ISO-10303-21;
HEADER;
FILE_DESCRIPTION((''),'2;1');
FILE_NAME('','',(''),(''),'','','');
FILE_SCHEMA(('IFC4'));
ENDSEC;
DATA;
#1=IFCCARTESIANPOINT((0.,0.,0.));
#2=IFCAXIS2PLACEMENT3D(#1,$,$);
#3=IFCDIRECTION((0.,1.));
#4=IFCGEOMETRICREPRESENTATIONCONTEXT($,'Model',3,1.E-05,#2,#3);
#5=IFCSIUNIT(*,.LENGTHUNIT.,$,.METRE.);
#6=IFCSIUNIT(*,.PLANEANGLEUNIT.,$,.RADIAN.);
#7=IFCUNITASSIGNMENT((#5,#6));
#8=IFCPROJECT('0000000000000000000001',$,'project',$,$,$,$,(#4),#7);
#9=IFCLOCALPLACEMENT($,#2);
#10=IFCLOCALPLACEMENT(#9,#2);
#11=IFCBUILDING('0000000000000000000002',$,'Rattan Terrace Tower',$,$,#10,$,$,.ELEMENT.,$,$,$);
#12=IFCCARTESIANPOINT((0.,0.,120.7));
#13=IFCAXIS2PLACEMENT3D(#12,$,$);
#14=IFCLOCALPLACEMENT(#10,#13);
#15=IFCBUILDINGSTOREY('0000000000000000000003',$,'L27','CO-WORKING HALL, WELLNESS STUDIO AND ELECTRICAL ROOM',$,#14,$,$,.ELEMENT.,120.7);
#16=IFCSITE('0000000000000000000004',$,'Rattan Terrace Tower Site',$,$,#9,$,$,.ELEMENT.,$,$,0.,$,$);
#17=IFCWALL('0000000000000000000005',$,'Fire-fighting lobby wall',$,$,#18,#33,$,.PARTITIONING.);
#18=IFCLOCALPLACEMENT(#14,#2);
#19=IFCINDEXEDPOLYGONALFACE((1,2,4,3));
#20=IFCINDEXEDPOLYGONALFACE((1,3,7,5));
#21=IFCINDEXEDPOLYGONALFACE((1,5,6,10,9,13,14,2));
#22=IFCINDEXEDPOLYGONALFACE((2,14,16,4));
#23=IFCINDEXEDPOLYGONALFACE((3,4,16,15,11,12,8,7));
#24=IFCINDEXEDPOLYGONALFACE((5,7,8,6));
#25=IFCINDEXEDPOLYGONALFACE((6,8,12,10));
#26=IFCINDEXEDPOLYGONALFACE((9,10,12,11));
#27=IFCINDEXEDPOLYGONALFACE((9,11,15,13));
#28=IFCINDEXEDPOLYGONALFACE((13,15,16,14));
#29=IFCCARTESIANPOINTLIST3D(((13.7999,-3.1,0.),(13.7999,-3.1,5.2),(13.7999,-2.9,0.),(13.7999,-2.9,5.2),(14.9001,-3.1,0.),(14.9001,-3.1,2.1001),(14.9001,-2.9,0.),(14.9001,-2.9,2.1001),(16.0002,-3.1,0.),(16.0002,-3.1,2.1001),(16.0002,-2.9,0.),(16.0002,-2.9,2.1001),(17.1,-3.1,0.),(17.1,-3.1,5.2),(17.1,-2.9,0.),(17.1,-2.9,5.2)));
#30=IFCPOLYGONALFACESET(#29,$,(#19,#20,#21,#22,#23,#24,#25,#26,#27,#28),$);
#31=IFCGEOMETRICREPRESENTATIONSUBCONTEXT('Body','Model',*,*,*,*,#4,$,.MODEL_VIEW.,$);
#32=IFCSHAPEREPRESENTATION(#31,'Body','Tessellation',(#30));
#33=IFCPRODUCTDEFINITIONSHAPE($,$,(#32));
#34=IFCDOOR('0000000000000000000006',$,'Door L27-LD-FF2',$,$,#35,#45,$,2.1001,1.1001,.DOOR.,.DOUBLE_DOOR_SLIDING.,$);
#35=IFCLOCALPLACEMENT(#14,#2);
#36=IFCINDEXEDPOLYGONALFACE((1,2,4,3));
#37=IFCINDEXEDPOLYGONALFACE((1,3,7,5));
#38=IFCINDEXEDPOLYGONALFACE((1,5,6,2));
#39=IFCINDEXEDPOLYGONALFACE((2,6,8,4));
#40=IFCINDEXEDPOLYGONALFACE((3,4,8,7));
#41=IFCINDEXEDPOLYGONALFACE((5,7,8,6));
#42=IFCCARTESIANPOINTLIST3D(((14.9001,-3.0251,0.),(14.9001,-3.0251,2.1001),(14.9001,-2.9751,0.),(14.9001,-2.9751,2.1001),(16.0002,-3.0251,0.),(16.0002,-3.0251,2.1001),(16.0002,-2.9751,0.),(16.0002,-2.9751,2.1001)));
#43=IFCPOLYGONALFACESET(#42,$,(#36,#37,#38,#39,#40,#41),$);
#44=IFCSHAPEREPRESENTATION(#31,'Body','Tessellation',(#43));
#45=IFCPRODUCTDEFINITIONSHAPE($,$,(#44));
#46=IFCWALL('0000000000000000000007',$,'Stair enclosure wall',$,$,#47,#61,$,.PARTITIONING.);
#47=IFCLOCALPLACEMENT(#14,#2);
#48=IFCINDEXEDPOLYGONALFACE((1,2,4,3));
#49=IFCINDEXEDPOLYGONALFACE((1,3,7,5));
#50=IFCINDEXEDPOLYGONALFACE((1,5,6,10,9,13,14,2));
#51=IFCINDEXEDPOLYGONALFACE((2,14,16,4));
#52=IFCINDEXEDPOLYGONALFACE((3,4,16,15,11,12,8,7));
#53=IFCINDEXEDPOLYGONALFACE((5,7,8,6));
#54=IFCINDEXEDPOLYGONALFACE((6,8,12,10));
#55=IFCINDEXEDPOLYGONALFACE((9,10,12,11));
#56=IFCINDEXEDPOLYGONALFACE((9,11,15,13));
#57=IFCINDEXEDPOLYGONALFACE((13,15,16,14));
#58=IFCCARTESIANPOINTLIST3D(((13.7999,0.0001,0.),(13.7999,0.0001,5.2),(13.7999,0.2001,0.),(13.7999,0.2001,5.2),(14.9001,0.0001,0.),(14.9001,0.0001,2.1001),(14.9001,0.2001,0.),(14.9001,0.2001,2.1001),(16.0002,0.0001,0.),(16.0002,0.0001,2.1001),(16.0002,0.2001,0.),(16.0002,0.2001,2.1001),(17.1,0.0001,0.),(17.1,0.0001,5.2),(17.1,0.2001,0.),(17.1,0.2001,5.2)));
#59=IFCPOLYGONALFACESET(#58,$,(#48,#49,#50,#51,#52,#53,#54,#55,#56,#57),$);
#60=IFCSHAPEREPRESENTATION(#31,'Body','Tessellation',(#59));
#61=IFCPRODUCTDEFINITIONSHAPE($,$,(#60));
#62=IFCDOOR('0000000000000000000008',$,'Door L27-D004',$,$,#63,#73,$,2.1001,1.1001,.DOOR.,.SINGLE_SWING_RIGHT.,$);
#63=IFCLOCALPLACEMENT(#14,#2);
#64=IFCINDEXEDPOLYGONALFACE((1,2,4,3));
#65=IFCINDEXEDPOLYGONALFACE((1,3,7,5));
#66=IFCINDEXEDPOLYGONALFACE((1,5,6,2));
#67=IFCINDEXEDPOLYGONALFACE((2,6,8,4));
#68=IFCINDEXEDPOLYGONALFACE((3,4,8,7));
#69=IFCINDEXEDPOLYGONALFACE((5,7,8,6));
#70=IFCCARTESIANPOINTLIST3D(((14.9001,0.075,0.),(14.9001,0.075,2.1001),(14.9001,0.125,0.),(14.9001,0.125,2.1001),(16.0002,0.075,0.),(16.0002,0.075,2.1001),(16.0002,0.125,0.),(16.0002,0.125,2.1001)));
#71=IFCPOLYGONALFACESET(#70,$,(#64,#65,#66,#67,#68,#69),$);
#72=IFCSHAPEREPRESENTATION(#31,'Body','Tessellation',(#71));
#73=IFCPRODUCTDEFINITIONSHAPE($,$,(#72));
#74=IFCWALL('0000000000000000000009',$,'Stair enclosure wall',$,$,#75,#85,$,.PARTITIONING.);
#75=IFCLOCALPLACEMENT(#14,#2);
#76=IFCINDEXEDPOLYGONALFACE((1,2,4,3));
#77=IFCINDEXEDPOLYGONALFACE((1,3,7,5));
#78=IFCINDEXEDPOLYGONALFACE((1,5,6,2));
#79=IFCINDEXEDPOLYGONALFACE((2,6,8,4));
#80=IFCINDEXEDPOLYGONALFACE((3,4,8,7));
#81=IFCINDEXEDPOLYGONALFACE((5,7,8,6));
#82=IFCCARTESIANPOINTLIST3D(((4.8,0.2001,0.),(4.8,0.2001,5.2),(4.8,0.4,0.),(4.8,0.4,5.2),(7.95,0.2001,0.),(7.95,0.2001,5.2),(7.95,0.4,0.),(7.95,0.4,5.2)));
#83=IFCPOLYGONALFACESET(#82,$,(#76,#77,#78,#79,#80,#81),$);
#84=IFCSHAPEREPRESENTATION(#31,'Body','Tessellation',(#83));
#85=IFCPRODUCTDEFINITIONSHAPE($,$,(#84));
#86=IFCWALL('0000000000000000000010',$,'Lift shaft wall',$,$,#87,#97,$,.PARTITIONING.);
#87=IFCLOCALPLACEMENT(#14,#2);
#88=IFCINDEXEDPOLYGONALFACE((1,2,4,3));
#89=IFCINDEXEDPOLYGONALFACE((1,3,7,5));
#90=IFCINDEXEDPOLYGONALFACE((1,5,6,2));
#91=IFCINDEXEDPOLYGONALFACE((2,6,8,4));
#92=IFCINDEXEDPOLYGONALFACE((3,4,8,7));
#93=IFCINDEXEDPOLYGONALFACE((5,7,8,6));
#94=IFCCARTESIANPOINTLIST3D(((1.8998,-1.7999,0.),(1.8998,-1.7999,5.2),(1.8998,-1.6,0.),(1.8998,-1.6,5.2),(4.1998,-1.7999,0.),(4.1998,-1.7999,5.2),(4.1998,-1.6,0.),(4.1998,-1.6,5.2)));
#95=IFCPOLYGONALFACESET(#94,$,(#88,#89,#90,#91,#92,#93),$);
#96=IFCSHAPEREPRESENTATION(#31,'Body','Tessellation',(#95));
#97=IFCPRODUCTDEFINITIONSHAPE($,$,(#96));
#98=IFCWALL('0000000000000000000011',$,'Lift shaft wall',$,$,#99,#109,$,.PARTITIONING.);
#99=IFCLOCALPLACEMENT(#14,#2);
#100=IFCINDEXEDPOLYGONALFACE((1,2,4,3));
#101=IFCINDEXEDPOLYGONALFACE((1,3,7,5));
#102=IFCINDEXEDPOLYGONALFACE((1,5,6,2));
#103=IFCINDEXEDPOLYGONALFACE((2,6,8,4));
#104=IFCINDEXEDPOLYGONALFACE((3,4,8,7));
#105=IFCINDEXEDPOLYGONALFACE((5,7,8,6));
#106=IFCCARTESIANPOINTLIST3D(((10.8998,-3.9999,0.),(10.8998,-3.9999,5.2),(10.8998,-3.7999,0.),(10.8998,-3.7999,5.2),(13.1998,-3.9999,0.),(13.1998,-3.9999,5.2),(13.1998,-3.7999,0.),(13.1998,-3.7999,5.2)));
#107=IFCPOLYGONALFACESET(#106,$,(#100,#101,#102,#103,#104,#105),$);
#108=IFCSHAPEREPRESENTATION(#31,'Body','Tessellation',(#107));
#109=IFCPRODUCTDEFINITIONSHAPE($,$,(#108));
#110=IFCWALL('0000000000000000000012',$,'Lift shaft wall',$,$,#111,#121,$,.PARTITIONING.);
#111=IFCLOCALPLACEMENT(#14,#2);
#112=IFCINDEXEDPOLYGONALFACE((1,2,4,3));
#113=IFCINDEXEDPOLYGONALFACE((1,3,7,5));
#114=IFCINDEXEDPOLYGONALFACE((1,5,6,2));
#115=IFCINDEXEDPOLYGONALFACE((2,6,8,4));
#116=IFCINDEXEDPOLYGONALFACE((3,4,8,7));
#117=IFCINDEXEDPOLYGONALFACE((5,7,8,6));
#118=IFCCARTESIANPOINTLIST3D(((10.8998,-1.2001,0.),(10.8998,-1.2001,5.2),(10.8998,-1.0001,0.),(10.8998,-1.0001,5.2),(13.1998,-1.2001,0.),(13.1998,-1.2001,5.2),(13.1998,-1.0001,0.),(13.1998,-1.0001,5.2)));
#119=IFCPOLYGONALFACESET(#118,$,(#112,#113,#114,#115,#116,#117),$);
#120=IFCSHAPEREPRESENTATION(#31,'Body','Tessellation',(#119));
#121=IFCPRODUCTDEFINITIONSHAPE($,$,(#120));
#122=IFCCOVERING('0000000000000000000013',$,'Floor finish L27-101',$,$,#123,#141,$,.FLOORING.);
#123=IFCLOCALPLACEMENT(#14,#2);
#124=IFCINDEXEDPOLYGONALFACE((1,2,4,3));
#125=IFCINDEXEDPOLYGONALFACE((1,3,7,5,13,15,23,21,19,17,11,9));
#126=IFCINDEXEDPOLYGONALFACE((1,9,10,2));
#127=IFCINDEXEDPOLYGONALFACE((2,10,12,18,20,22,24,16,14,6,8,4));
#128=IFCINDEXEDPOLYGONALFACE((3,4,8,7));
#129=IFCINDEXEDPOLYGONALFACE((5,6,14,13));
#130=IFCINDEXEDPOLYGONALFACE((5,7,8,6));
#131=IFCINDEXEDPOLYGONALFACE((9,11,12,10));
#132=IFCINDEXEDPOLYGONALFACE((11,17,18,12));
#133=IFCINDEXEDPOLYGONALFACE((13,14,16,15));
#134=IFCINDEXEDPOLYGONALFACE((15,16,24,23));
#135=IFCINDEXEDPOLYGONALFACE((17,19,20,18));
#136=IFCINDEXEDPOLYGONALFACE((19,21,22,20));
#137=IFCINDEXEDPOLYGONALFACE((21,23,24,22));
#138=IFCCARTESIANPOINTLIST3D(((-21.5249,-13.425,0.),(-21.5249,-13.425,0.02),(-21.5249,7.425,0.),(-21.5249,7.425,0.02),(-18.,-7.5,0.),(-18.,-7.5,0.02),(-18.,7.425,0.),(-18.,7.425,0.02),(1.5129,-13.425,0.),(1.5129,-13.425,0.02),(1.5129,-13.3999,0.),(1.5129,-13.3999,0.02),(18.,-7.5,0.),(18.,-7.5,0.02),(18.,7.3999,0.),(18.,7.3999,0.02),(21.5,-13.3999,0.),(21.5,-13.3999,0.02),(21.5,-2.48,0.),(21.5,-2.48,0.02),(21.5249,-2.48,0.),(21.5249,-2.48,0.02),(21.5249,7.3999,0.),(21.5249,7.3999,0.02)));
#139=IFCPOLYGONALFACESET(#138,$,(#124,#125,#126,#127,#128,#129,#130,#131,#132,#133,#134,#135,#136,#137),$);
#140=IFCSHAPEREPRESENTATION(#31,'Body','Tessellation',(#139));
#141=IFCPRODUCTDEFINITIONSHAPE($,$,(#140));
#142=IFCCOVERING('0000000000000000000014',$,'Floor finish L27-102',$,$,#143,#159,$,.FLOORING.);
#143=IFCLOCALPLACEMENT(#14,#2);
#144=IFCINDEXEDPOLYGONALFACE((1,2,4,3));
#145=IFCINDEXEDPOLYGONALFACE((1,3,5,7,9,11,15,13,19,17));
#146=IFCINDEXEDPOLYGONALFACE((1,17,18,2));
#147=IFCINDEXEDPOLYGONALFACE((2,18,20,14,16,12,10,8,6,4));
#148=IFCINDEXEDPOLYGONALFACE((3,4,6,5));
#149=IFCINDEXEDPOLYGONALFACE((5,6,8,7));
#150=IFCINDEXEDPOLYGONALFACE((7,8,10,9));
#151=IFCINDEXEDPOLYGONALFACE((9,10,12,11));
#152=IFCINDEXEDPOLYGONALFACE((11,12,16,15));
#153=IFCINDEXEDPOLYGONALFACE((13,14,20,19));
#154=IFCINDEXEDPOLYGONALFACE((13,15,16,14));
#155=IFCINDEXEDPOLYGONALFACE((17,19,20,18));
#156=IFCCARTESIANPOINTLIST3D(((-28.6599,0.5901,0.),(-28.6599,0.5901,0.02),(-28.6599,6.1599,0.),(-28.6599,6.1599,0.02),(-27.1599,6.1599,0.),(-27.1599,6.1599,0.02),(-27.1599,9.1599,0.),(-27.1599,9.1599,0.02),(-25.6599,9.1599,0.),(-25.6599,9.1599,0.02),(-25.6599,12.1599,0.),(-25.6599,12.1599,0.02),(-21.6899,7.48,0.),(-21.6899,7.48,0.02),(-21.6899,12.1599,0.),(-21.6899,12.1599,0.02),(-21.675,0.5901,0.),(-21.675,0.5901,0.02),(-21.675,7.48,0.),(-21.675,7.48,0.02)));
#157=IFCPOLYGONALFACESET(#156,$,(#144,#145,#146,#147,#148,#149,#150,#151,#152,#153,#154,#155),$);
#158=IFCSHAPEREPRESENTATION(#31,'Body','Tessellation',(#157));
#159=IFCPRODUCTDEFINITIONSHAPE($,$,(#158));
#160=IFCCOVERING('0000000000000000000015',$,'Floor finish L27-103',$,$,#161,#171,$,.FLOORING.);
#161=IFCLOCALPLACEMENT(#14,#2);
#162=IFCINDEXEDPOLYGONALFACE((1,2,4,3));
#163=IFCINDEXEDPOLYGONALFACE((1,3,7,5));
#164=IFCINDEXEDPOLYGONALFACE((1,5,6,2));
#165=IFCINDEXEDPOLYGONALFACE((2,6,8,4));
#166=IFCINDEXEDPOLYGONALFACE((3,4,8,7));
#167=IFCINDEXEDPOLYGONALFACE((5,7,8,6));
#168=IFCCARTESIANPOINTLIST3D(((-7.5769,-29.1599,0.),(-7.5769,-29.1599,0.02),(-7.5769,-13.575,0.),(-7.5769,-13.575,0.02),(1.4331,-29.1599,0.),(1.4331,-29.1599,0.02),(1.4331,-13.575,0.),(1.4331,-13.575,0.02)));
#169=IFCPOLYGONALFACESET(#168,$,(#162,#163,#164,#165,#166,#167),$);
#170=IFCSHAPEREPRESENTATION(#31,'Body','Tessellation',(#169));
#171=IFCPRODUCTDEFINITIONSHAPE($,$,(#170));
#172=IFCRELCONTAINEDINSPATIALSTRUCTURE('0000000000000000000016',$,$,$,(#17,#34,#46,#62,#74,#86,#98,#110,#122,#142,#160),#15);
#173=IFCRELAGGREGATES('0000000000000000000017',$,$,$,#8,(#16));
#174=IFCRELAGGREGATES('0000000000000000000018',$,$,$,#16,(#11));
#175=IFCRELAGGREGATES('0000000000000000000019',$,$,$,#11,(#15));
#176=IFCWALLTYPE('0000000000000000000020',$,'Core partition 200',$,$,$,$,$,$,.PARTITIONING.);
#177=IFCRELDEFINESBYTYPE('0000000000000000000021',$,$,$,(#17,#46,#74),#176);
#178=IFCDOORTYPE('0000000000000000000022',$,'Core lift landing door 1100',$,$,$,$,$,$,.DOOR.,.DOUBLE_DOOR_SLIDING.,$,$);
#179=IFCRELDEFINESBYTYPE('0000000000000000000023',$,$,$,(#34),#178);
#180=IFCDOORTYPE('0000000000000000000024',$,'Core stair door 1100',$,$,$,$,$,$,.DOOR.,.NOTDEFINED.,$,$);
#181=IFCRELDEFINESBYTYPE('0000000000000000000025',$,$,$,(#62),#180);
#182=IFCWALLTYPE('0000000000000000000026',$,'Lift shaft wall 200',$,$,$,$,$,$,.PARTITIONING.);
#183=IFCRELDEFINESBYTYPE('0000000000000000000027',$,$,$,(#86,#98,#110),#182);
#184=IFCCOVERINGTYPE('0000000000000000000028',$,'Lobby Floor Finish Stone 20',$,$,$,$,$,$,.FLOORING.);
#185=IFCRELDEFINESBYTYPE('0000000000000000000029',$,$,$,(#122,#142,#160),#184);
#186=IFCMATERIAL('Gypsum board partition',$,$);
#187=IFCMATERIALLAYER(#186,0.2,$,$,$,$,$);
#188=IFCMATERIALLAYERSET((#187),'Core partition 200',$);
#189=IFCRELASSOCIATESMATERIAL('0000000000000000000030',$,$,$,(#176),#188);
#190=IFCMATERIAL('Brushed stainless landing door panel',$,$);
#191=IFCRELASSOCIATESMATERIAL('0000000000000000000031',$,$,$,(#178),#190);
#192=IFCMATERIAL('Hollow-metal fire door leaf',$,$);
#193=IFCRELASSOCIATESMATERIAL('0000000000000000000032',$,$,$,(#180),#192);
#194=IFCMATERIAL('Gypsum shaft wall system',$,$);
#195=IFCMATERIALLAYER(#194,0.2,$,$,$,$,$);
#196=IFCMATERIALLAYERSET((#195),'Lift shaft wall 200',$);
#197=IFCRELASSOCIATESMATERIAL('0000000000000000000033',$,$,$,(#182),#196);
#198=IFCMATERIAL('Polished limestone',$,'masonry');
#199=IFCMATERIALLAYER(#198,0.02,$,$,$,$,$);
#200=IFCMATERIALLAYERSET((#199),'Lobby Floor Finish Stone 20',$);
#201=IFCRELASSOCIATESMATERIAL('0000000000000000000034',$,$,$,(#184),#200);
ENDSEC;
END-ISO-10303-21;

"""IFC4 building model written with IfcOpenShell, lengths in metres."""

from ifc_helpers import new_model, si_unit, direction, frame, frame_2d, origin, place, context, subcontext, project, spatial, polyline, rectangle, outline, extrude, material, layer, layer_set, type_object, element, fill, save


model = new_model("IFC4")

# Units and contexts
model_context = context("Model", 3, precision=1e-05, world=origin(), true_north=direction((0.0, 1.0)))
body_context = subcontext(model_context, "Body", "Model", "MODEL_VIEW")
ifc_project = project(units=[si_unit("LENGTHUNIT", "METRE"), si_unit("PLANEANGLEUNIT", "RADIAN")], contexts=[model_context])

# Site, building, storey
site_placement = place(None, origin())
site = spatial("IfcSite", under=ifc_project, at=site_placement, Name="Rattan Terrace Tower Site", CompositionType="ELEMENT", RefElevation=0.0)
building_placement = place(site_placement, origin())
building = spatial("IfcBuilding", under=site, at=building_placement, Name="Rattan Terrace Tower", CompositionType="ELEMENT")
storey_placement = place(building_placement, frame((0.0, 0.0, 120.7)))
storey = spatial("IfcBuildingStorey", under=building, at=storey_placement, Name="L27", Description="CO-WORKING HALL, WELLNESS STUDIO AND ELECTRICAL ROOM", CompositionType="ELEMENT", Elevation=120.7)

# Walls, openings, doors
ifc_material_1 = material(Name="Gypsum board partition")
ifc_layer_1 = layer(ifc_material_1, 0.2)
ifc_layer_set_1 = layer_set([ifc_layer_1], Name="Core partition 200")
wall_type_1 = type_object("IfcWallType", Name="Core partition 200", PredefinedType="PARTITIONING", material=ifc_layer_set_1)
wall_1_placement = place(storey_placement, frame((13.8, -3.0, 0.0), z_axis=(0.0, 0.0, 1.0), x_axis=(1.0, 0.0, 0.0)))
wall_1 = element("IfcWall", 1, at=wall_1_placement, inside=storey, type_object=wall_type_1, Name="Fire-fighting lobby wall", PredefinedType="PARTITIONING", context=body_context, shape_type="SweptSolid", body=[
    extrude(rectangle(XDim=3.3, YDim=0.2, at=frame_2d((1.6499, 0.0))), origin(), (0.0, 0.0, 1.0), 5.2),
])
opening_1_placement = place(wall_1_placement, frame((1.1001, 0.0, 0.0)))
opening_1 = element("IfcOpeningElement", 2, at=opening_1_placement, cuts=wall_1, PredefinedType="OPENING", context=body_context, shape_type="SweptSolid", body=[
    extrude(rectangle(XDim=1.1001, YDim=2.1001, at=frame_2d((0.55, 1.05))), frame((0.0, 0.1106, 0.0), z_axis=(0.0, -1.0, 0.0), x_axis=(1.0, 0.0, 0.0)), (0.0, 0.0, 1.0), 0.2209),
])
ifc_material_2 = material(Name="Brushed stainless landing door panel")
door_type_1 = type_object("IfcDoorType", Name="Core lift landing door 1100", OperationType="DOUBLE_DOOR_SLIDING", PredefinedType="DOOR", material=ifc_material_2)
door_1_placement = place(opening_1_placement, origin())
door_1 = element("IfcDoor", 3, at=door_1_placement, inside=storey, type_object=door_type_1, Name="Door L27-LD-FF2", OperationType="DOUBLE_DOOR_SLIDING", OverallHeight=2.1001, OverallWidth=1.1001, PredefinedType="DOOR", context=body_context, shape_type="SweptSolid", body=[
    extrude(rectangle(XDim=1.1001, YDim=2.1001, at=frame_2d((0.55, 1.05))), frame((0.0, 0.0249, 0.0), z_axis=(0.0, -1.0, 0.0), x_axis=(1.0, 0.0, 0.0)), (0.0, 0.0, 1.0), 0.05),
])
fill(opening_1, door_1)
wall_2_placement = place(storey_placement, frame((13.8, 0.1001, 0.0), z_axis=(0.0, 0.0, 1.0), x_axis=(1.0, 0.0, 0.0)))
wall_2 = element("IfcWall", 4, at=wall_2_placement, inside=storey, type_object=wall_type_1, Name="Stair enclosure wall", PredefinedType="PARTITIONING", context=body_context, shape_type="SweptSolid", body=[
    extrude(rectangle(XDim=3.3, YDim=0.2, at=frame_2d((1.6499, 0.0))), origin(), (0.0, 0.0, 1.0), 5.2),
])
opening_2_placement = place(wall_2_placement, frame((1.1001, 0.0, 0.0)))
opening_2 = element("IfcOpeningElement", 5, at=opening_2_placement, cuts=wall_2, PredefinedType="OPENING", context=body_context, shape_type="SweptSolid", body=[
    extrude(rectangle(XDim=1.1001, YDim=2.1001, at=frame_2d((0.55, 1.05))), frame((0.0, 0.1106, 0.0), z_axis=(0.0, -1.0, 0.0), x_axis=(1.0, 0.0, 0.0)), (0.0, 0.0, 1.0), 0.2209),
])
ifc_material_3 = material(Name="Hollow-metal fire door leaf")
door_type_2 = type_object("IfcDoorType", Name="Core stair door 1100", OperationType="NOTDEFINED", PredefinedType="DOOR", material=ifc_material_3)
door_2_placement = place(opening_2_placement, origin())
door_2 = element("IfcDoor", 6, at=door_2_placement, inside=storey, type_object=door_type_2, Name="Door L27-D004", OperationType="SINGLE_SWING_RIGHT", OverallHeight=2.1001, OverallWidth=1.1001, PredefinedType="DOOR", context=body_context, shape_type="SweptSolid", body=[
    extrude(rectangle(XDim=1.1001, YDim=2.1001, at=frame_2d((0.55, 1.05))), frame((0.0, 0.0249, 0.0), z_axis=(0.0, -1.0, 0.0), x_axis=(1.0, 0.0, 0.0)), (0.0, 0.0, 1.0), 0.05),
])
fill(opening_2, door_2)

# Walls
wall_3_placement = place(storey_placement, frame((4.8, 0.3, 0.0), z_axis=(0.0, 0.0, 1.0), x_axis=(1.0, 0.0, 0.0)))
element("IfcWall", 7, at=wall_3_placement, inside=storey, type_object=wall_type_1, Name="Stair enclosure wall", PredefinedType="PARTITIONING", context=body_context, shape_type="SweptSolid", body=[
    extrude(rectangle(XDim=3.1499, YDim=0.2, at=frame_2d((1.575, 0.0))), origin(), (0.0, 0.0, 1.0), 5.2),
])
ifc_material_4 = material(Name="Gypsum shaft wall system")
ifc_layer_2 = layer(ifc_material_4, 0.2)
ifc_layer_set_2 = layer_set([ifc_layer_2], Name="Lift shaft wall 200")
wall_type_2 = type_object("IfcWallType", Name="Lift shaft wall 200", PredefinedType="PARTITIONING", material=ifc_layer_set_2)
for number, where, z_axis, x_axis, name in (
    (8, (1.8999, -1.7, 0.0), (0.0, 0.0, 1.0), (1.0, 0.0, 0.0), "Lift shaft wall"),
    (9, (10.8999, -3.8999, 0.0), (0.0, 0.0, 1.0), (1.0, 0.0, 0.0), "Lift shaft wall"),
    (10, (10.8999, -1.1001, 0.0), (0.0, 0.0, 1.0), (1.0, 0.0, 0.0), "Lift shaft wall"),
):
    element("IfcWall", number, at=place(storey_placement, frame(where, z_axis=z_axis, x_axis=x_axis)), inside=storey, type_object=wall_type_2, Name=name, PredefinedType="PARTITIONING", context=body_context, shape_type="SweptSolid", body=[
        extrude(rectangle(XDim=2.3, YDim=0.2, at=frame_2d((1.1499, 0.0))), origin(), (0.0, 0.0, 1.0), 5.2),
    ])

# Coverings
ifc_material_5 = material(Name="Polished limestone", Category="masonry")
ifc_layer_3 = layer(ifc_material_5, 0.02)
ifc_layer_set_3 = layer_set([ifc_layer_3], Name="Lobby Floor Finish Stone 20")
covering_type_1 = type_object("IfcCoveringType", Name="Lobby Floor Finish Stone 20", PredefinedType="FLOORING", material=ifc_layer_set_3)
covering_1_placement = place(storey_placement, origin())
element("IfcCovering", 11, at=covering_1_placement, inside=storey, type_object=covering_type_1, Name="Floor finish L27-101", PredefinedType="FLOORING", context=body_context, shape_type="SweptSolid", body=[
    extrude(outline(polyline([(18.0, -7.5), (-18.0, -7.5), (-18.0, 7.425), (-21.5249, 7.425), (-21.5249, -13.425), (1.5129, -13.425), (1.5129, -13.3999), (21.5, -13.3999), (21.5, -2.48), (21.5249, -2.48), (21.5249, 7.3999), (18.0, 7.3999), (18.0, -7.5)])), origin(), (0.0, 0.0, 1.0), 0.02),
])
covering_2_placement = place(storey_placement, origin())
element("IfcCovering", 12, at=covering_2_placement, inside=storey, type_object=covering_type_1, Name="Floor finish L27-102", PredefinedType="FLOORING", context=body_context, shape_type="SweptSolid", body=[
    extrude(outline(polyline([(-25.6599, 12.1599), (-25.6599, 9.1599), (-27.1599, 9.1599), (-27.1599, 6.1599), (-28.6599, 6.1599), (-28.6599, 0.5901), (-21.675, 0.5901), (-21.675, 7.48), (-21.6899, 7.48), (-21.6899, 12.1599), (-25.6599, 12.1599)])), origin(), (0.0, 0.0, 1.0), 0.02),
])
covering_3_placement = place(storey_placement, origin())
element("IfcCovering", 13, at=covering_3_placement, inside=storey, type_object=covering_type_1, Name="Floor finish L27-103", PredefinedType="FLOORING", context=body_context, shape_type="SweptSolid", body=[
    extrude(outline(polyline([(-7.5769, -13.575), (-7.5769, -29.1599), (1.4331, -29.1599), (1.4331, -13.575), (-7.5769, -13.575)])), origin(), (0.0, 0.0, 1.0), 0.02),
])

save(model, "model.ifc")
